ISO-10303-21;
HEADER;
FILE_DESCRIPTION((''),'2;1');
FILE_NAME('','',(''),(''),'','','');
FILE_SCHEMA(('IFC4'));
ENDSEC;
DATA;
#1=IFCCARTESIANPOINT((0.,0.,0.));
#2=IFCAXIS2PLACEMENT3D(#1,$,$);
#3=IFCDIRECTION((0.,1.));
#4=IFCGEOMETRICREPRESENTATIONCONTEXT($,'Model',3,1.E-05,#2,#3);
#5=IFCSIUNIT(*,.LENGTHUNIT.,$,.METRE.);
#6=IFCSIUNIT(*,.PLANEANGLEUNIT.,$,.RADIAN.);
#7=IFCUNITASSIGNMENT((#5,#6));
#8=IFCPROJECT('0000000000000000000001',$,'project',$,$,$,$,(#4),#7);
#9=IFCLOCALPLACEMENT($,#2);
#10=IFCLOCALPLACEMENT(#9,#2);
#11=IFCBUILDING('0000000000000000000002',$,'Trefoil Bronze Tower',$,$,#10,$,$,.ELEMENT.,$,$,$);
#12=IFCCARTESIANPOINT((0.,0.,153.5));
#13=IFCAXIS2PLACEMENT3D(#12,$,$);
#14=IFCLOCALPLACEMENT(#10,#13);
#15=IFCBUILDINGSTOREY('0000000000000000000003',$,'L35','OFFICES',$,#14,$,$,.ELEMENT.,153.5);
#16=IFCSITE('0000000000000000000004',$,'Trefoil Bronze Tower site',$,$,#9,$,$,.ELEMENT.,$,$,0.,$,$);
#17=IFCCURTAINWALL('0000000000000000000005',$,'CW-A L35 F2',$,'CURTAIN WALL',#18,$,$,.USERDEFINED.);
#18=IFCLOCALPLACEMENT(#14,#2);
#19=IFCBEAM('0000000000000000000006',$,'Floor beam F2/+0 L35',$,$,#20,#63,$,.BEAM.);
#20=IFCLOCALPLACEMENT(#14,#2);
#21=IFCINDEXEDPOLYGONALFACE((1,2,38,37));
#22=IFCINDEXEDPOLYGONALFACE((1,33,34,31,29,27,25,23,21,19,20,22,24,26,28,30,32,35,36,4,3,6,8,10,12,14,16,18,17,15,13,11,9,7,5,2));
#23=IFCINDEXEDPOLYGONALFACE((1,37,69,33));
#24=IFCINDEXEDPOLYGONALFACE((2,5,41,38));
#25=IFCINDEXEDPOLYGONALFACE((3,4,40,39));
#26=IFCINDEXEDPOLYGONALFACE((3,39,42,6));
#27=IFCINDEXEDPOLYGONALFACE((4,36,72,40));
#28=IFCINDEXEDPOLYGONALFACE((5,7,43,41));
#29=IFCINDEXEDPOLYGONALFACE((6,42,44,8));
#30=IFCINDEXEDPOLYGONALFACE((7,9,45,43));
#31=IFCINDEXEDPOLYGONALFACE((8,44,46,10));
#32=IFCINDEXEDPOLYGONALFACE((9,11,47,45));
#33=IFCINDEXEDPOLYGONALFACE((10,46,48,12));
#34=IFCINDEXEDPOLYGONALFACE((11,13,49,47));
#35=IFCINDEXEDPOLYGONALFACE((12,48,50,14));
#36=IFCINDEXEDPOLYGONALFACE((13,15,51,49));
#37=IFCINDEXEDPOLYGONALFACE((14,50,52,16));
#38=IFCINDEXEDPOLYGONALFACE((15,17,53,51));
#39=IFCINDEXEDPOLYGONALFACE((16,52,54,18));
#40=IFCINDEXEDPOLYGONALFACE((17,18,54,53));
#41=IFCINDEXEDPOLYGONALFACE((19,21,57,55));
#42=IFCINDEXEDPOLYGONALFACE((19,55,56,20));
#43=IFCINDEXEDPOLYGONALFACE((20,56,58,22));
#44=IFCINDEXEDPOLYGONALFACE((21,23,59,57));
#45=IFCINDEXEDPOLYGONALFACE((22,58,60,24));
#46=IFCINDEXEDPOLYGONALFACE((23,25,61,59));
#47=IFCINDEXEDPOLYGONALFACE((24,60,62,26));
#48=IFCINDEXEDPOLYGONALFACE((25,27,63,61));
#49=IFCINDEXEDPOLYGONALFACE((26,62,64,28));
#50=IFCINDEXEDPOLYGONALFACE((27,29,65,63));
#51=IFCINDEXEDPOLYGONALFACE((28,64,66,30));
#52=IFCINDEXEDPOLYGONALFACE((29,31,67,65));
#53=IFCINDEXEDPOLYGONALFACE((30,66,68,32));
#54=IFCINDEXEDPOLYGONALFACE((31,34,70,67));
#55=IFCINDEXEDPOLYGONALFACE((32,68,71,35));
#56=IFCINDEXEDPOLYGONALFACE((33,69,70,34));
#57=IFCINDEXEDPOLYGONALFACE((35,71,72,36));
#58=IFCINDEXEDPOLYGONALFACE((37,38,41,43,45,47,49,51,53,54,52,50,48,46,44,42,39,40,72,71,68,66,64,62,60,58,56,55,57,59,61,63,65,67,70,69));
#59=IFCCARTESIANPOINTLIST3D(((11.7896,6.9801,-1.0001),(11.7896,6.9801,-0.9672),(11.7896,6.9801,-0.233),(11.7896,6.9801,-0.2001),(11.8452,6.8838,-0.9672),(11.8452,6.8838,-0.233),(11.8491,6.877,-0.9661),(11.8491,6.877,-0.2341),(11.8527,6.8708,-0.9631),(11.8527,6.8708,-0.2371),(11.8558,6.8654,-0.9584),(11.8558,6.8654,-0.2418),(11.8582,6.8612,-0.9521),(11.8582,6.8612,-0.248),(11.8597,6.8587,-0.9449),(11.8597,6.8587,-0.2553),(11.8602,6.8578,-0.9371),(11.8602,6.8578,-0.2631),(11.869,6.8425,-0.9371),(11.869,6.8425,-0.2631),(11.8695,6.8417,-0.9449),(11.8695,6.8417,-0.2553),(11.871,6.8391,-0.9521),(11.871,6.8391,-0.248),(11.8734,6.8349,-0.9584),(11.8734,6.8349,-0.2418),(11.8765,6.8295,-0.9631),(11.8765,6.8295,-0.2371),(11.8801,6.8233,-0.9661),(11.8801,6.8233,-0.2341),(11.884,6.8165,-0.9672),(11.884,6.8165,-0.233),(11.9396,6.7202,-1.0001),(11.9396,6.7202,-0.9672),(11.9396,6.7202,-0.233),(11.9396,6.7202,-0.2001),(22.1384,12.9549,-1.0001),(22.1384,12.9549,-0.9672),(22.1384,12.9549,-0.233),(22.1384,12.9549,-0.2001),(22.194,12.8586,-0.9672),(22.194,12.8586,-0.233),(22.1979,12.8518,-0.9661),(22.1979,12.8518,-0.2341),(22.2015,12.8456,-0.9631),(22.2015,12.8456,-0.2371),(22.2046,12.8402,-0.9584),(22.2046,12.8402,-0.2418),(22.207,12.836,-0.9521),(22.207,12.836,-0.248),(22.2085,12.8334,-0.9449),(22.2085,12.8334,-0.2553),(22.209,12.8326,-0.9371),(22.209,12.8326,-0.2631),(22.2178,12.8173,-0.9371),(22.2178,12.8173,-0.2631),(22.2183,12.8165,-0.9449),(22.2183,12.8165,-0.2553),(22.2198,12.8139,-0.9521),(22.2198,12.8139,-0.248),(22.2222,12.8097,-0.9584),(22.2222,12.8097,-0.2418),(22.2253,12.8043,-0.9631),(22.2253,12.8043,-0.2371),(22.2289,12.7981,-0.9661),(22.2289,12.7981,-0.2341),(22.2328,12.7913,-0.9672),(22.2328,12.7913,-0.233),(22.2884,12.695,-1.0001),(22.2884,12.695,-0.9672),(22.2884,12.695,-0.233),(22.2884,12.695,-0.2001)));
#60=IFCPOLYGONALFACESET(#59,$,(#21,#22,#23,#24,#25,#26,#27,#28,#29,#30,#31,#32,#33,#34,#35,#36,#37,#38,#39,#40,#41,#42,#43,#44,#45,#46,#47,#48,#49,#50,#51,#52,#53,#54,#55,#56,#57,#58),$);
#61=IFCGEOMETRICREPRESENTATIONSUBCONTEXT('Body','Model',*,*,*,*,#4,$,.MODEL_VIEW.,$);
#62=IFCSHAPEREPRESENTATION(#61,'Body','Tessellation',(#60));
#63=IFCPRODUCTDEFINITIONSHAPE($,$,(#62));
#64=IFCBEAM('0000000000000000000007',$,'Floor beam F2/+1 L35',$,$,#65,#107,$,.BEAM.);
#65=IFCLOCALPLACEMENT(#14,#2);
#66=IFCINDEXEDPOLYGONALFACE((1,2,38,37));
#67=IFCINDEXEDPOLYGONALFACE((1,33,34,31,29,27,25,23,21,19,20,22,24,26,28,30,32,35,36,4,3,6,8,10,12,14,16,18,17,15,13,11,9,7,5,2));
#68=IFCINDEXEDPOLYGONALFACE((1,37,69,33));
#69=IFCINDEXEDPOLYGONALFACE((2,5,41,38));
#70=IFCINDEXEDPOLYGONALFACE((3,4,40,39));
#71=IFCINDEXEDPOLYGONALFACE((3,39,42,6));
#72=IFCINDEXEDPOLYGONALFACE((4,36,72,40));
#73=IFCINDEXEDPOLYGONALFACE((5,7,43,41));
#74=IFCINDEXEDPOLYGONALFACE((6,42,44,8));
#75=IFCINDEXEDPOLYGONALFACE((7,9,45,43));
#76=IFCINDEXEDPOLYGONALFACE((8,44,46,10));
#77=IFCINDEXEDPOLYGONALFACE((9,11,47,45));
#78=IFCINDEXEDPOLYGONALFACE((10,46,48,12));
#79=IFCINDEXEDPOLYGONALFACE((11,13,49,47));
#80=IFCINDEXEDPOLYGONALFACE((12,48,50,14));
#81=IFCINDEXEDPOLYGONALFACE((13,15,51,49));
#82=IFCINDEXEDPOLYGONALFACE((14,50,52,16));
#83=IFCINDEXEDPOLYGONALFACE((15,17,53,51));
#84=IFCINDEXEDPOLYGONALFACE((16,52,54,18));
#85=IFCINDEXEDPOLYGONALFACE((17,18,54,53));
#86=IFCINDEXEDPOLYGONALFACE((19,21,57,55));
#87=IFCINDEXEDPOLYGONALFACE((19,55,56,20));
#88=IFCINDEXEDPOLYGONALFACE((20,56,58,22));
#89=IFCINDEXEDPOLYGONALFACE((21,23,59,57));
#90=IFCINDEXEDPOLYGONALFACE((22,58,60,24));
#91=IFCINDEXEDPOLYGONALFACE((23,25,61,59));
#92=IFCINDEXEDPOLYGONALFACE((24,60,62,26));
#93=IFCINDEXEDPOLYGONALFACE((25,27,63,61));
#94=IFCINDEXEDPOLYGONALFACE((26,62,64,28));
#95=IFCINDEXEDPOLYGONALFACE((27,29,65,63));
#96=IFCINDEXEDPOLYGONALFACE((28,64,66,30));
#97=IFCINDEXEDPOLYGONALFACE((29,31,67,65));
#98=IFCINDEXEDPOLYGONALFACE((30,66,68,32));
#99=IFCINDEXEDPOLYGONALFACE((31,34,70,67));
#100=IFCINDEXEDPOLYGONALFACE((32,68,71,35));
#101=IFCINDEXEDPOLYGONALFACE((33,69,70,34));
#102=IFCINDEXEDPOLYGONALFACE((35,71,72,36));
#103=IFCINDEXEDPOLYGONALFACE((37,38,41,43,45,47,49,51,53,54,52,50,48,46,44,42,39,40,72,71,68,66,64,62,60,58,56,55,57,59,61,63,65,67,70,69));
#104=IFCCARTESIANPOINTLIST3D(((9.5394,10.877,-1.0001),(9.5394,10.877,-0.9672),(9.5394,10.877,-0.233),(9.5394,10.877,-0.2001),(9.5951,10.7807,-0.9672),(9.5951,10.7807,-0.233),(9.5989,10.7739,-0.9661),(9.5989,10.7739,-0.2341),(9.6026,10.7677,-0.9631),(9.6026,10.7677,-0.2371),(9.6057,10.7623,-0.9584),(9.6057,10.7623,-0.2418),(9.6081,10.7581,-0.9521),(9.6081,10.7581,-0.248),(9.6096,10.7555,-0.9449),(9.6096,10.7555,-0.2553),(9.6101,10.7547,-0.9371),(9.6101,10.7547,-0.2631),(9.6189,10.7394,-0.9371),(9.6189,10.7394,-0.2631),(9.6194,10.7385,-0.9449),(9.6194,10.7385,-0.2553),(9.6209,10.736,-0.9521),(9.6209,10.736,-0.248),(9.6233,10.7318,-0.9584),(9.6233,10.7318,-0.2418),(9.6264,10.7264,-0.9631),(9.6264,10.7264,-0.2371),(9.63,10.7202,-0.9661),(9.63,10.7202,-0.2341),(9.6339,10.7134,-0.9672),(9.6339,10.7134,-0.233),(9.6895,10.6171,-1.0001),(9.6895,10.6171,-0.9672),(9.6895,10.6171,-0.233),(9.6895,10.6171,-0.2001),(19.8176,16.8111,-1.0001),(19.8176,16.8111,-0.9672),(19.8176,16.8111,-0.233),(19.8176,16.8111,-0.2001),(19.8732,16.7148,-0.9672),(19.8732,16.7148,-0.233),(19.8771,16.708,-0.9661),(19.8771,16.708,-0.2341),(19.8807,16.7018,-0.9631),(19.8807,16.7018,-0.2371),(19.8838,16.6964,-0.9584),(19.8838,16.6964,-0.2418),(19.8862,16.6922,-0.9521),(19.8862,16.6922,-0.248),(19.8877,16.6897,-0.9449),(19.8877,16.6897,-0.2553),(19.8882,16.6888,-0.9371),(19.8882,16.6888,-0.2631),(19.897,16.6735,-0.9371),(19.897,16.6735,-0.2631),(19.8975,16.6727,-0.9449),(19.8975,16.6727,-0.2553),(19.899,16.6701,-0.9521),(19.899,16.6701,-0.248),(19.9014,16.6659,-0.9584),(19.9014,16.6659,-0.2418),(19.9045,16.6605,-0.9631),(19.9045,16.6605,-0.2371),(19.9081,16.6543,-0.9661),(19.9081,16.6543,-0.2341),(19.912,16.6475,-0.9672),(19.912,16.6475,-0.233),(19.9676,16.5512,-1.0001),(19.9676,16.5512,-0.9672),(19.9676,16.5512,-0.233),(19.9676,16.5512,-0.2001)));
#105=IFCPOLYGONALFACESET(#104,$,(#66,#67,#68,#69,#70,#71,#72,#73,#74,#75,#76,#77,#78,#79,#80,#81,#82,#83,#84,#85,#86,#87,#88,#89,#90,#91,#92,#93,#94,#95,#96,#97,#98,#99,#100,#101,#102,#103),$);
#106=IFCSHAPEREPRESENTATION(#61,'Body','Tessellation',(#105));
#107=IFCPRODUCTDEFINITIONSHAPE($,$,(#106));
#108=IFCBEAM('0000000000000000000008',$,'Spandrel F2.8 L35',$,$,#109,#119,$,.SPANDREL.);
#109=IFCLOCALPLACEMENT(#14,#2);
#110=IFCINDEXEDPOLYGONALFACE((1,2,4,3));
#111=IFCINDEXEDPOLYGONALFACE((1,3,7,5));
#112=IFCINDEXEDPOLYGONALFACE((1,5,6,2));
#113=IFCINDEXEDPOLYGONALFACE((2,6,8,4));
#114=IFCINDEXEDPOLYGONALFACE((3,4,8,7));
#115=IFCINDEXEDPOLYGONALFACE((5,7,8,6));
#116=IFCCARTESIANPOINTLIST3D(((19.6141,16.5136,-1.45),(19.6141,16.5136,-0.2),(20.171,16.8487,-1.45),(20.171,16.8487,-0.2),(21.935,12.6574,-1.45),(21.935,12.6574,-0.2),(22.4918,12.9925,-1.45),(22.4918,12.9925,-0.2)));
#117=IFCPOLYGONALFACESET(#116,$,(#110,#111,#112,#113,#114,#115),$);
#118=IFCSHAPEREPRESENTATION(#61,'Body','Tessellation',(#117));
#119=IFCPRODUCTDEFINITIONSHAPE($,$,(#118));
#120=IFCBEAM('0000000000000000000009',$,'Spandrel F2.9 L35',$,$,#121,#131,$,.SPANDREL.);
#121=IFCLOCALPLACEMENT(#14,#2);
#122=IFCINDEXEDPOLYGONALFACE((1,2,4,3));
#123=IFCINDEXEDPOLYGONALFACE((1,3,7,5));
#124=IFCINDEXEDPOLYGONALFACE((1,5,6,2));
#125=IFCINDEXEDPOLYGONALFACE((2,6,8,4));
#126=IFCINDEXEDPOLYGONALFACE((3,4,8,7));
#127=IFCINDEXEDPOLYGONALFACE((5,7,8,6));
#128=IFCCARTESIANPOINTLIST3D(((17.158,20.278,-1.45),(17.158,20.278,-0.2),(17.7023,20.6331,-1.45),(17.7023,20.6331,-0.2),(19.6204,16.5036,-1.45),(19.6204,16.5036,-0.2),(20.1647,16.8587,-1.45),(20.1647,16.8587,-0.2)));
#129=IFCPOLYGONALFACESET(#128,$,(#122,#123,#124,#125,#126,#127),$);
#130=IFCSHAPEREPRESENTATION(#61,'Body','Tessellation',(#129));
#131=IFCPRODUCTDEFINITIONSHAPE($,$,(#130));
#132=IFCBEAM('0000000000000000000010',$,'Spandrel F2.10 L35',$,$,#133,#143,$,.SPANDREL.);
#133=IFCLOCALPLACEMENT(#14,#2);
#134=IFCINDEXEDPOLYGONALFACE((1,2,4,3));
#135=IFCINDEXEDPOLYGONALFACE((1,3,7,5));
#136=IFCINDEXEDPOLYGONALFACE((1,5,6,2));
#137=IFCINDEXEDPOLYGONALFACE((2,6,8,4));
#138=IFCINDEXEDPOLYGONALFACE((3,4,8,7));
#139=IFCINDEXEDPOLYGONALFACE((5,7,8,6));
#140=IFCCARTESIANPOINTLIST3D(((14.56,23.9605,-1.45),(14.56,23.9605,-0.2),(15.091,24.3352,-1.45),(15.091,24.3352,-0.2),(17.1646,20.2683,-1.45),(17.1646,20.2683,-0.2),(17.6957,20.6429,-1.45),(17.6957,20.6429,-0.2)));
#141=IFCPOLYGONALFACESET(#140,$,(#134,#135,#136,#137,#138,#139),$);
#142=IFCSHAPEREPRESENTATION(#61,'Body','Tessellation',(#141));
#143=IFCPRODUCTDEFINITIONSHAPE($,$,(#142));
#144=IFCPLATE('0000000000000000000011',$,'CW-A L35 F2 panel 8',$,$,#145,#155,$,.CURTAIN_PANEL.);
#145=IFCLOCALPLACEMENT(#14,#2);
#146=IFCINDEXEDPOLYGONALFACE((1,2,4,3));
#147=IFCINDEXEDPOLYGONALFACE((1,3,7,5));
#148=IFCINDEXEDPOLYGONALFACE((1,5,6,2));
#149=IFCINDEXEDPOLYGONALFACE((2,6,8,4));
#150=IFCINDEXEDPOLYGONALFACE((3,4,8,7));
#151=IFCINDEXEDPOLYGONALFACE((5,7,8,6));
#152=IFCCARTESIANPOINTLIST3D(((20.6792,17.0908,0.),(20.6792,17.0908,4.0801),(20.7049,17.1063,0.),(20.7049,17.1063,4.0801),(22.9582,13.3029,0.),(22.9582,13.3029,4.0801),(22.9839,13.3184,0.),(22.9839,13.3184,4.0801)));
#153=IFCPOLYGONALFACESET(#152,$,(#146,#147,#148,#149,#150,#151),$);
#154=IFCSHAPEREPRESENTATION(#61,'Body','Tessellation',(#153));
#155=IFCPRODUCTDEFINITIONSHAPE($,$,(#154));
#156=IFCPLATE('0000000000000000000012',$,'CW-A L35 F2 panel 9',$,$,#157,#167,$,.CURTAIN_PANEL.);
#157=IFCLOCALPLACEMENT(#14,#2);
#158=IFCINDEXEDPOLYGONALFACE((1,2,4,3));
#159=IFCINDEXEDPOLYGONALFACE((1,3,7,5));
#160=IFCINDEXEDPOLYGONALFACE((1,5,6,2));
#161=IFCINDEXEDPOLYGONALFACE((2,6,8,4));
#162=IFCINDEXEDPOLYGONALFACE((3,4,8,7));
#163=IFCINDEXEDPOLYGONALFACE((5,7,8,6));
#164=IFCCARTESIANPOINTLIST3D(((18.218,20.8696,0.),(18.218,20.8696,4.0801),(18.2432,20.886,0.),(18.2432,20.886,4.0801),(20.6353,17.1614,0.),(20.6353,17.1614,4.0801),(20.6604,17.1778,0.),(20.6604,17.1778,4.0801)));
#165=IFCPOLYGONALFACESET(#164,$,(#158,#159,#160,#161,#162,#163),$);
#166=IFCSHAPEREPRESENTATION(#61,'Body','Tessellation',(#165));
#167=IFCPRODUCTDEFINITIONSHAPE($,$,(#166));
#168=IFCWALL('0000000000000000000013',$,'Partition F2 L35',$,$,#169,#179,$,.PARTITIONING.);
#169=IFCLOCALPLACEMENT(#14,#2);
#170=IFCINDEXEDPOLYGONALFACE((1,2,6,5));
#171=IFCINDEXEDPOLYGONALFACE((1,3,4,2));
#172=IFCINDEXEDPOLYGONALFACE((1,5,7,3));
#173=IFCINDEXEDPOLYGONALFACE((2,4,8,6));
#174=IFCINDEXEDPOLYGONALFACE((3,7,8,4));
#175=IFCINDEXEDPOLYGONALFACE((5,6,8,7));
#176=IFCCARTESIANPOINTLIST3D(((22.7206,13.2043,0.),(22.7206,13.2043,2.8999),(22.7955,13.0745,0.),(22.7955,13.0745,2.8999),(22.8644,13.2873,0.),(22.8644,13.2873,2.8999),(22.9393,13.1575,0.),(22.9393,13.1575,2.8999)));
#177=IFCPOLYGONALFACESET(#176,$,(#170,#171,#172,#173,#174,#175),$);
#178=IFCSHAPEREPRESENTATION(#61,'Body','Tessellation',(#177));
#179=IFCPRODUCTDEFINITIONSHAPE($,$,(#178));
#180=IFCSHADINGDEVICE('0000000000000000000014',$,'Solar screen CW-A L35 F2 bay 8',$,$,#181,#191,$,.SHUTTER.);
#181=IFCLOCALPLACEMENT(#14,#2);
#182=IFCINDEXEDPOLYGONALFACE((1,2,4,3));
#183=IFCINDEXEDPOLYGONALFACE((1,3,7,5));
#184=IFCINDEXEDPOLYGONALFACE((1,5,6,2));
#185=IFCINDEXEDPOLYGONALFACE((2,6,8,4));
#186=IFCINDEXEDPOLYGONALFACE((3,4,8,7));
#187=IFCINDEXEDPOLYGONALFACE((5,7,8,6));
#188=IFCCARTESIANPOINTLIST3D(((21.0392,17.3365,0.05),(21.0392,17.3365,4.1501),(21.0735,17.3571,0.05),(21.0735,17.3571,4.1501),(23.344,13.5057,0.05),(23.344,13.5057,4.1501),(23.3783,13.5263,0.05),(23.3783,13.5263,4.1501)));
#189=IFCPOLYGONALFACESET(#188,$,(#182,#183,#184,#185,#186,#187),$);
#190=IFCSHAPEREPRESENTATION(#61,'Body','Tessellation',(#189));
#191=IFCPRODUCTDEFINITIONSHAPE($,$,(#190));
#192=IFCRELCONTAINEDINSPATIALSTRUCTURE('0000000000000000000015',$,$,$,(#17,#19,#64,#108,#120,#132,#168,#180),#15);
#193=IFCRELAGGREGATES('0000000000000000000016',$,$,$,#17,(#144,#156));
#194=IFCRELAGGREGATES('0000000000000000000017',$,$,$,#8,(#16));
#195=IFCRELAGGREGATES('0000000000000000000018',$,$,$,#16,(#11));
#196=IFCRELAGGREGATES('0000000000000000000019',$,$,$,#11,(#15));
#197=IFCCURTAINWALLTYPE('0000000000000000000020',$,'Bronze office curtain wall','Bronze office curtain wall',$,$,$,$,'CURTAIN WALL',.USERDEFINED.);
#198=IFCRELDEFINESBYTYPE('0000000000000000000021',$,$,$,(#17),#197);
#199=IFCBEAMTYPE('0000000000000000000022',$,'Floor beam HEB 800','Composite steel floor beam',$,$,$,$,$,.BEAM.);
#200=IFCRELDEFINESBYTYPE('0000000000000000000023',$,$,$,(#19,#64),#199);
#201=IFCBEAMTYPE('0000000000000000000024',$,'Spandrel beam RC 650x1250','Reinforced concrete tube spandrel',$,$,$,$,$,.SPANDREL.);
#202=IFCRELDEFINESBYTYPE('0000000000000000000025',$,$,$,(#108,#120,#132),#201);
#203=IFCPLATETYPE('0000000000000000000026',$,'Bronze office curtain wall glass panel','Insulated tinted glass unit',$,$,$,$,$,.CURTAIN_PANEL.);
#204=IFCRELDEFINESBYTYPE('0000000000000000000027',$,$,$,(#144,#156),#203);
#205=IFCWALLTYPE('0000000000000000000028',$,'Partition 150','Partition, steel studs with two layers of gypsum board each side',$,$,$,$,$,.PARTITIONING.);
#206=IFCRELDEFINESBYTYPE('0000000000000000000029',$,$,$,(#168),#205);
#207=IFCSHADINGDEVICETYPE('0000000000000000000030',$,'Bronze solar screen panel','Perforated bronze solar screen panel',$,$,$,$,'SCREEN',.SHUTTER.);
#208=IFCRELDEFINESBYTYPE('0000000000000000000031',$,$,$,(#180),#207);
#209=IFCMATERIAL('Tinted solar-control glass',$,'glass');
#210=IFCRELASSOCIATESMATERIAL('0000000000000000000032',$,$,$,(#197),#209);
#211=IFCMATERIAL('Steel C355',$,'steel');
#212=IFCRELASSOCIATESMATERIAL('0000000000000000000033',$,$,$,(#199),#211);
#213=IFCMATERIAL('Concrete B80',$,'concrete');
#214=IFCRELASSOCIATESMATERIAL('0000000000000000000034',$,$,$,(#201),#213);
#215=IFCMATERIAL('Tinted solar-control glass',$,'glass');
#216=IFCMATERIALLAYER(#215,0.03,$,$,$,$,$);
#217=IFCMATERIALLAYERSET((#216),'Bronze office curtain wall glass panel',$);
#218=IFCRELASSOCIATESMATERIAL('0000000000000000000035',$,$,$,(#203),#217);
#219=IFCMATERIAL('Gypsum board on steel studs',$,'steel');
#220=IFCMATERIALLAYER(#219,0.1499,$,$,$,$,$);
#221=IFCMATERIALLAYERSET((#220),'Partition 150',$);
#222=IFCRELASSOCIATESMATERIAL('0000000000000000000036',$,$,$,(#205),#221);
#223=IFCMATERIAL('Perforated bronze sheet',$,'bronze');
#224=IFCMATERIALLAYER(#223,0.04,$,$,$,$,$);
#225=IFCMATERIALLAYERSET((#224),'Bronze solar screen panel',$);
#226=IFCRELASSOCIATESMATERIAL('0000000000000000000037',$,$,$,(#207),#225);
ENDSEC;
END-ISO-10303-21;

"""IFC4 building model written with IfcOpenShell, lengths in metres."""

from ifc_helpers import new_model, si_unit, direction, frame, frame_2d, origin, origin_2d, place, context, subcontext, project, spatial, rectangle, i_section, extrude, material, layer, layer_set, material_profile, profile_set, type_object, element, aggregate, save


model = new_model("IFC4")

# Units and contexts
model_context = context("Model", 3, precision=1e-05, world=origin(), true_north=direction((0.0, 1.0)))
body_context = subcontext(model_context, "Body", "Model", "MODEL_VIEW")
ifc_project = project(units=[si_unit("LENGTHUNIT", "METRE"), si_unit("PLANEANGLEUNIT", "RADIAN")], contexts=[model_context])

# Site, building, storey
site_placement = place(None, origin())
site = spatial("IfcSite", under=ifc_project, at=site_placement, Name="Trefoil Bronze Tower site", CompositionType="ELEMENT", RefElevation=0.0)
building_placement = place(site_placement, origin())
building = spatial("IfcBuilding", under=site, at=building_placement, Name="Trefoil Bronze Tower", CompositionType="ELEMENT")
storey_placement = place(building_placement, frame((0.0, 0.0, 153.5)))
storey = spatial("IfcBuildingStorey", under=building, at=storey_placement, Name="L35", Description="OFFICES", CompositionType="ELEMENT", Elevation=153.5)

# Curtain wall
ifc_material_1 = material(Name="Tinted solar-control glass", Category="glass")
curtain_wall_type = type_object("IfcCurtainWallType", Name="Bronze office curtain wall", Description="Bronze office curtain wall", ElementType="CURTAIN WALL", PredefinedType="USERDEFINED", material=ifc_material_1)
curtain_wall_placement = place(storey_placement, origin())
curtain_wall = element("IfcCurtainWall", 1, at=curtain_wall_placement, inside=storey, type_object=curtain_wall_type, Name="CW-A L35 F2", ObjectType="CURTAIN WALL", PredefinedType="USERDEFINED")

# Beams
ifc_material_2 = material(Name="Steel C355", Category="steel")
ifc_material_profile_1 = material_profile(ifc_material_2, i_section(OverallWidth=0.3, OverallDepth=0.8, WebThickness=0.0176, FlangeThickness=0.033, FilletRadius=0.03, at=origin_2d()), Name="HEB 800")
ifc_profile_set_1 = profile_set([ifc_material_profile_1], Name="Steel C355")
beam_type_1 = type_object("IfcBeamType", Name="Floor beam HEB 800", Description="Composite steel floor beam", PredefinedType="BEAM", material=ifc_profile_set_1)
beam_1_placement = place(storey_placement, frame((22.2134, 12.825, -0.6001), z_axis=(-0.866028, -0.499995, 0.0), x_axis=(0.499995, -0.866028, 0.0)))
element("IfcBeam", 2, at=beam_1_placement, inside=storey, type_object=beam_type_1, Name="Floor beam F2/+0 L35", PredefinedType="BEAM", context=body_context, shape_type="SweptSolid", body=[
    extrude(i_section(OverallWidth=0.3, OverallDepth=0.8, WebThickness=0.0176, FlangeThickness=0.033, FilletRadius=0.03, at=origin_2d()), origin(), (0.0, 0.0, 1.0), 11.9497),
])
beam_2_placement = place(storey_placement, frame((19.8926, 16.6812, -0.6001), z_axis=(-0.866024, -0.500002, 0.0), x_axis=(0.500002, -0.866024, 0.0)))
element("IfcBeam", 3, at=beam_2_placement, inside=storey, type_object=beam_type_1, Name="Floor beam F2/+1 L35", PredefinedType="BEAM", context=body_context, shape_type="SweptSolid", body=[
    extrude(i_section(OverallWidth=0.3, OverallDepth=0.8, WebThickness=0.0176, FlangeThickness=0.033, FilletRadius=0.03, at=origin_2d()), origin(), (0.0, 0.0, 1.0), 11.8682),
])
ifc_material_3 = material(Name="Concrete B80", Category="concrete")
ifc_material_profile_2 = material_profile(ifc_material_3, rectangle(XDim=0.6499, YDim=1.25, at=origin_2d()), Name="RC 650x1250")
ifc_profile_set_2 = profile_set([ifc_material_profile_2], Name="Concrete B80")
beam_type_2 = type_object("IfcBeamType", Name="Spandrel beam RC 650x1250", Description="Reinforced concrete tube spandrel", PredefinedType="SPANDREL", material=ifc_profile_set_2)
beam_3_placement = place(storey_placement, frame((22.2134, 12.825, -0.825), z_axis=(-0.515652, 0.856798, 0.0), x_axis=(-0.856798, -0.515652, 0.0)))
element("IfcBeam", 4, at=beam_3_placement, inside=storey, type_object=beam_type_2, Name="Spandrel F2.8 L35", PredefinedType="SPANDREL", context=body_context, shape_type="SweptSolid", body=[
    extrude(rectangle(XDim=0.6499, YDim=1.25, at=origin_2d()), origin(), (0.0, 0.0, 1.0), 4.5007),
])
beam_4_placement = place(storey_placement, frame((19.8926, 16.6812, -0.825), z_axis=(-0.546397, 0.837527, 0.0), x_axis=(-0.837527, -0.546397, 0.0)))
element("IfcBeam", 5, at=beam_4_placement, inside=storey, type_object=beam_type_2, Name="Spandrel F2.9 L35", PredefinedType="SPANDREL", context=body_context, shape_type="SweptSolid", body=[
    extrude(rectangle(XDim=0.6499, YDim=1.25, at=origin_2d()), origin(), (0.0, 0.0, 1.0), 4.5066),
])
beam_5_placement = place(storey_placement, frame((17.4302, 20.4556, -0.825), z_axis=(-0.576439, 0.81714, 0.0), x_axis=(-0.81714, -0.576439, 0.0)))
element("IfcBeam", 6, at=beam_5_placement, inside=storey, type_object=beam_type_2, Name="Spandrel F2.10 L35", PredefinedType="SPANDREL", context=body_context, shape_type="SweptSolid", body=[
    extrude(rectangle(XDim=0.6499, YDim=1.25, at=origin_2d()), origin(), (0.0, 0.0, 1.0), 4.5186),
])

# Plates
ifc_material_4 = material(Name="Tinted solar-control glass", Category="glass")
ifc_layer_1 = layer(ifc_material_4, 0.03)
ifc_layer_set_1 = layer_set([ifc_layer_1], Name="Bronze office curtain wall glass panel")
plate_type = type_object("IfcPlateType", Name="Bronze office curtain wall glass panel", Description="Insulated tinted glass unit", PredefinedType="CURTAIN_PANEL", material=ifc_layer_set_1)
plate_1_placement = place(storey_placement, frame((21.8315, 15.2046, 0.0), z_axis=(0.0, 0.0, 1.0), x_axis=(-0.515525, 0.856874, 0.0)))
plate_1 = element("IfcPlate", 7, at=plate_1_placement, type_object=plate_type, Name="CW-A L35 F2 panel 8", PredefinedType="CURTAIN_PANEL", context=body_context, shape_type="SweptSolid", body=[
    extrude(rectangle(XDim=4.4207, YDim=0.03, at=origin_2d()), origin(), (0.0, 0.0, 1.0), 4.0801),
])
plate_2_placement = place(storey_placement, frame((19.4392, 19.0237, 0.0), z_axis=(0.0, 0.0, 1.0), x_axis=(-0.546089, 0.837727, 0.0)))
plate_2 = element("IfcPlate", 8, at=plate_2_placement, type_object=plate_type, Name="CW-A L35 F2 panel 9", PredefinedType="CURTAIN_PANEL", context=body_context, shape_type="SweptSolid", body=[
    extrude(rectangle(XDim=4.4265, YDim=0.03, at=origin_2d()), origin(), (0.0, 0.0, 1.0), 4.0801),
])
aggregate(curtain_wall, [plate_1, plate_2])

# Wall
ifc_material_5 = material(Name="Gypsum board on steel studs", Category="steel")
ifc_layer_2 = layer(ifc_material_5, 0.1499)
ifc_layer_set_2 = layer_set([ifc_layer_2], Name="Partition 150")
wall_type = type_object("IfcWallType", Name="Partition 150", Description="Partition, steel studs with two layers of gypsum board each side", PredefinedType="PARTITIONING", material=ifc_layer_set_2)
wall_placement = place(storey_placement, frame((22.7581, 13.1394, 0.0), z_axis=(0.0, 0.0, 1.0), x_axis=(0.866063, 0.499935, 0.0)))
element("IfcWall", 9, at=wall_placement, inside=storey, type_object=wall_type, Name="Partition F2 L35", PredefinedType="PARTITIONING", context=body_context, shape_type="SweptSolid", body=[
    extrude(rectangle(XDim=0.166, YDim=0.1499, at=frame_2d((0.083, 0.0))), origin(), (0.0, 0.0, 1.0), 2.8999),
])

# Shading device
ifc_material_6 = material(Name="Perforated bronze sheet", Category="bronze")
ifc_layer_3 = layer(ifc_material_6, 0.04)
ifc_layer_set_3 = layer_set([ifc_layer_3], Name="Bronze solar screen panel")
shading_device_type = type_object("IfcShadingDeviceType", Name="Bronze solar screen panel", Description="Perforated bronze solar screen panel", ElementType="SCREEN", PredefinedType="SHUTTER", material=ifc_layer_set_3)
shading_device_1_placement = place(storey_placement, frame((22.2087, 15.4314, 0.05), z_axis=(0.0, 0.0, 1.0), x_axis=(-0.515525, 0.856874, 0.0)))
element("IfcShadingDevice", 10, at=shading_device_1_placement, inside=storey, type_object=shading_device_type, Name="Solar screen CW-A L35 F2 bay 8", PredefinedType="SHUTTER", context=body_context, shape_type="SweptSolid", body=[
    extrude(rectangle(XDim=4.4707, YDim=0.04, at=origin_2d()), origin(), (0.0, 0.0, 1.0), 4.1001),
])

save(model, "model.ifc")
